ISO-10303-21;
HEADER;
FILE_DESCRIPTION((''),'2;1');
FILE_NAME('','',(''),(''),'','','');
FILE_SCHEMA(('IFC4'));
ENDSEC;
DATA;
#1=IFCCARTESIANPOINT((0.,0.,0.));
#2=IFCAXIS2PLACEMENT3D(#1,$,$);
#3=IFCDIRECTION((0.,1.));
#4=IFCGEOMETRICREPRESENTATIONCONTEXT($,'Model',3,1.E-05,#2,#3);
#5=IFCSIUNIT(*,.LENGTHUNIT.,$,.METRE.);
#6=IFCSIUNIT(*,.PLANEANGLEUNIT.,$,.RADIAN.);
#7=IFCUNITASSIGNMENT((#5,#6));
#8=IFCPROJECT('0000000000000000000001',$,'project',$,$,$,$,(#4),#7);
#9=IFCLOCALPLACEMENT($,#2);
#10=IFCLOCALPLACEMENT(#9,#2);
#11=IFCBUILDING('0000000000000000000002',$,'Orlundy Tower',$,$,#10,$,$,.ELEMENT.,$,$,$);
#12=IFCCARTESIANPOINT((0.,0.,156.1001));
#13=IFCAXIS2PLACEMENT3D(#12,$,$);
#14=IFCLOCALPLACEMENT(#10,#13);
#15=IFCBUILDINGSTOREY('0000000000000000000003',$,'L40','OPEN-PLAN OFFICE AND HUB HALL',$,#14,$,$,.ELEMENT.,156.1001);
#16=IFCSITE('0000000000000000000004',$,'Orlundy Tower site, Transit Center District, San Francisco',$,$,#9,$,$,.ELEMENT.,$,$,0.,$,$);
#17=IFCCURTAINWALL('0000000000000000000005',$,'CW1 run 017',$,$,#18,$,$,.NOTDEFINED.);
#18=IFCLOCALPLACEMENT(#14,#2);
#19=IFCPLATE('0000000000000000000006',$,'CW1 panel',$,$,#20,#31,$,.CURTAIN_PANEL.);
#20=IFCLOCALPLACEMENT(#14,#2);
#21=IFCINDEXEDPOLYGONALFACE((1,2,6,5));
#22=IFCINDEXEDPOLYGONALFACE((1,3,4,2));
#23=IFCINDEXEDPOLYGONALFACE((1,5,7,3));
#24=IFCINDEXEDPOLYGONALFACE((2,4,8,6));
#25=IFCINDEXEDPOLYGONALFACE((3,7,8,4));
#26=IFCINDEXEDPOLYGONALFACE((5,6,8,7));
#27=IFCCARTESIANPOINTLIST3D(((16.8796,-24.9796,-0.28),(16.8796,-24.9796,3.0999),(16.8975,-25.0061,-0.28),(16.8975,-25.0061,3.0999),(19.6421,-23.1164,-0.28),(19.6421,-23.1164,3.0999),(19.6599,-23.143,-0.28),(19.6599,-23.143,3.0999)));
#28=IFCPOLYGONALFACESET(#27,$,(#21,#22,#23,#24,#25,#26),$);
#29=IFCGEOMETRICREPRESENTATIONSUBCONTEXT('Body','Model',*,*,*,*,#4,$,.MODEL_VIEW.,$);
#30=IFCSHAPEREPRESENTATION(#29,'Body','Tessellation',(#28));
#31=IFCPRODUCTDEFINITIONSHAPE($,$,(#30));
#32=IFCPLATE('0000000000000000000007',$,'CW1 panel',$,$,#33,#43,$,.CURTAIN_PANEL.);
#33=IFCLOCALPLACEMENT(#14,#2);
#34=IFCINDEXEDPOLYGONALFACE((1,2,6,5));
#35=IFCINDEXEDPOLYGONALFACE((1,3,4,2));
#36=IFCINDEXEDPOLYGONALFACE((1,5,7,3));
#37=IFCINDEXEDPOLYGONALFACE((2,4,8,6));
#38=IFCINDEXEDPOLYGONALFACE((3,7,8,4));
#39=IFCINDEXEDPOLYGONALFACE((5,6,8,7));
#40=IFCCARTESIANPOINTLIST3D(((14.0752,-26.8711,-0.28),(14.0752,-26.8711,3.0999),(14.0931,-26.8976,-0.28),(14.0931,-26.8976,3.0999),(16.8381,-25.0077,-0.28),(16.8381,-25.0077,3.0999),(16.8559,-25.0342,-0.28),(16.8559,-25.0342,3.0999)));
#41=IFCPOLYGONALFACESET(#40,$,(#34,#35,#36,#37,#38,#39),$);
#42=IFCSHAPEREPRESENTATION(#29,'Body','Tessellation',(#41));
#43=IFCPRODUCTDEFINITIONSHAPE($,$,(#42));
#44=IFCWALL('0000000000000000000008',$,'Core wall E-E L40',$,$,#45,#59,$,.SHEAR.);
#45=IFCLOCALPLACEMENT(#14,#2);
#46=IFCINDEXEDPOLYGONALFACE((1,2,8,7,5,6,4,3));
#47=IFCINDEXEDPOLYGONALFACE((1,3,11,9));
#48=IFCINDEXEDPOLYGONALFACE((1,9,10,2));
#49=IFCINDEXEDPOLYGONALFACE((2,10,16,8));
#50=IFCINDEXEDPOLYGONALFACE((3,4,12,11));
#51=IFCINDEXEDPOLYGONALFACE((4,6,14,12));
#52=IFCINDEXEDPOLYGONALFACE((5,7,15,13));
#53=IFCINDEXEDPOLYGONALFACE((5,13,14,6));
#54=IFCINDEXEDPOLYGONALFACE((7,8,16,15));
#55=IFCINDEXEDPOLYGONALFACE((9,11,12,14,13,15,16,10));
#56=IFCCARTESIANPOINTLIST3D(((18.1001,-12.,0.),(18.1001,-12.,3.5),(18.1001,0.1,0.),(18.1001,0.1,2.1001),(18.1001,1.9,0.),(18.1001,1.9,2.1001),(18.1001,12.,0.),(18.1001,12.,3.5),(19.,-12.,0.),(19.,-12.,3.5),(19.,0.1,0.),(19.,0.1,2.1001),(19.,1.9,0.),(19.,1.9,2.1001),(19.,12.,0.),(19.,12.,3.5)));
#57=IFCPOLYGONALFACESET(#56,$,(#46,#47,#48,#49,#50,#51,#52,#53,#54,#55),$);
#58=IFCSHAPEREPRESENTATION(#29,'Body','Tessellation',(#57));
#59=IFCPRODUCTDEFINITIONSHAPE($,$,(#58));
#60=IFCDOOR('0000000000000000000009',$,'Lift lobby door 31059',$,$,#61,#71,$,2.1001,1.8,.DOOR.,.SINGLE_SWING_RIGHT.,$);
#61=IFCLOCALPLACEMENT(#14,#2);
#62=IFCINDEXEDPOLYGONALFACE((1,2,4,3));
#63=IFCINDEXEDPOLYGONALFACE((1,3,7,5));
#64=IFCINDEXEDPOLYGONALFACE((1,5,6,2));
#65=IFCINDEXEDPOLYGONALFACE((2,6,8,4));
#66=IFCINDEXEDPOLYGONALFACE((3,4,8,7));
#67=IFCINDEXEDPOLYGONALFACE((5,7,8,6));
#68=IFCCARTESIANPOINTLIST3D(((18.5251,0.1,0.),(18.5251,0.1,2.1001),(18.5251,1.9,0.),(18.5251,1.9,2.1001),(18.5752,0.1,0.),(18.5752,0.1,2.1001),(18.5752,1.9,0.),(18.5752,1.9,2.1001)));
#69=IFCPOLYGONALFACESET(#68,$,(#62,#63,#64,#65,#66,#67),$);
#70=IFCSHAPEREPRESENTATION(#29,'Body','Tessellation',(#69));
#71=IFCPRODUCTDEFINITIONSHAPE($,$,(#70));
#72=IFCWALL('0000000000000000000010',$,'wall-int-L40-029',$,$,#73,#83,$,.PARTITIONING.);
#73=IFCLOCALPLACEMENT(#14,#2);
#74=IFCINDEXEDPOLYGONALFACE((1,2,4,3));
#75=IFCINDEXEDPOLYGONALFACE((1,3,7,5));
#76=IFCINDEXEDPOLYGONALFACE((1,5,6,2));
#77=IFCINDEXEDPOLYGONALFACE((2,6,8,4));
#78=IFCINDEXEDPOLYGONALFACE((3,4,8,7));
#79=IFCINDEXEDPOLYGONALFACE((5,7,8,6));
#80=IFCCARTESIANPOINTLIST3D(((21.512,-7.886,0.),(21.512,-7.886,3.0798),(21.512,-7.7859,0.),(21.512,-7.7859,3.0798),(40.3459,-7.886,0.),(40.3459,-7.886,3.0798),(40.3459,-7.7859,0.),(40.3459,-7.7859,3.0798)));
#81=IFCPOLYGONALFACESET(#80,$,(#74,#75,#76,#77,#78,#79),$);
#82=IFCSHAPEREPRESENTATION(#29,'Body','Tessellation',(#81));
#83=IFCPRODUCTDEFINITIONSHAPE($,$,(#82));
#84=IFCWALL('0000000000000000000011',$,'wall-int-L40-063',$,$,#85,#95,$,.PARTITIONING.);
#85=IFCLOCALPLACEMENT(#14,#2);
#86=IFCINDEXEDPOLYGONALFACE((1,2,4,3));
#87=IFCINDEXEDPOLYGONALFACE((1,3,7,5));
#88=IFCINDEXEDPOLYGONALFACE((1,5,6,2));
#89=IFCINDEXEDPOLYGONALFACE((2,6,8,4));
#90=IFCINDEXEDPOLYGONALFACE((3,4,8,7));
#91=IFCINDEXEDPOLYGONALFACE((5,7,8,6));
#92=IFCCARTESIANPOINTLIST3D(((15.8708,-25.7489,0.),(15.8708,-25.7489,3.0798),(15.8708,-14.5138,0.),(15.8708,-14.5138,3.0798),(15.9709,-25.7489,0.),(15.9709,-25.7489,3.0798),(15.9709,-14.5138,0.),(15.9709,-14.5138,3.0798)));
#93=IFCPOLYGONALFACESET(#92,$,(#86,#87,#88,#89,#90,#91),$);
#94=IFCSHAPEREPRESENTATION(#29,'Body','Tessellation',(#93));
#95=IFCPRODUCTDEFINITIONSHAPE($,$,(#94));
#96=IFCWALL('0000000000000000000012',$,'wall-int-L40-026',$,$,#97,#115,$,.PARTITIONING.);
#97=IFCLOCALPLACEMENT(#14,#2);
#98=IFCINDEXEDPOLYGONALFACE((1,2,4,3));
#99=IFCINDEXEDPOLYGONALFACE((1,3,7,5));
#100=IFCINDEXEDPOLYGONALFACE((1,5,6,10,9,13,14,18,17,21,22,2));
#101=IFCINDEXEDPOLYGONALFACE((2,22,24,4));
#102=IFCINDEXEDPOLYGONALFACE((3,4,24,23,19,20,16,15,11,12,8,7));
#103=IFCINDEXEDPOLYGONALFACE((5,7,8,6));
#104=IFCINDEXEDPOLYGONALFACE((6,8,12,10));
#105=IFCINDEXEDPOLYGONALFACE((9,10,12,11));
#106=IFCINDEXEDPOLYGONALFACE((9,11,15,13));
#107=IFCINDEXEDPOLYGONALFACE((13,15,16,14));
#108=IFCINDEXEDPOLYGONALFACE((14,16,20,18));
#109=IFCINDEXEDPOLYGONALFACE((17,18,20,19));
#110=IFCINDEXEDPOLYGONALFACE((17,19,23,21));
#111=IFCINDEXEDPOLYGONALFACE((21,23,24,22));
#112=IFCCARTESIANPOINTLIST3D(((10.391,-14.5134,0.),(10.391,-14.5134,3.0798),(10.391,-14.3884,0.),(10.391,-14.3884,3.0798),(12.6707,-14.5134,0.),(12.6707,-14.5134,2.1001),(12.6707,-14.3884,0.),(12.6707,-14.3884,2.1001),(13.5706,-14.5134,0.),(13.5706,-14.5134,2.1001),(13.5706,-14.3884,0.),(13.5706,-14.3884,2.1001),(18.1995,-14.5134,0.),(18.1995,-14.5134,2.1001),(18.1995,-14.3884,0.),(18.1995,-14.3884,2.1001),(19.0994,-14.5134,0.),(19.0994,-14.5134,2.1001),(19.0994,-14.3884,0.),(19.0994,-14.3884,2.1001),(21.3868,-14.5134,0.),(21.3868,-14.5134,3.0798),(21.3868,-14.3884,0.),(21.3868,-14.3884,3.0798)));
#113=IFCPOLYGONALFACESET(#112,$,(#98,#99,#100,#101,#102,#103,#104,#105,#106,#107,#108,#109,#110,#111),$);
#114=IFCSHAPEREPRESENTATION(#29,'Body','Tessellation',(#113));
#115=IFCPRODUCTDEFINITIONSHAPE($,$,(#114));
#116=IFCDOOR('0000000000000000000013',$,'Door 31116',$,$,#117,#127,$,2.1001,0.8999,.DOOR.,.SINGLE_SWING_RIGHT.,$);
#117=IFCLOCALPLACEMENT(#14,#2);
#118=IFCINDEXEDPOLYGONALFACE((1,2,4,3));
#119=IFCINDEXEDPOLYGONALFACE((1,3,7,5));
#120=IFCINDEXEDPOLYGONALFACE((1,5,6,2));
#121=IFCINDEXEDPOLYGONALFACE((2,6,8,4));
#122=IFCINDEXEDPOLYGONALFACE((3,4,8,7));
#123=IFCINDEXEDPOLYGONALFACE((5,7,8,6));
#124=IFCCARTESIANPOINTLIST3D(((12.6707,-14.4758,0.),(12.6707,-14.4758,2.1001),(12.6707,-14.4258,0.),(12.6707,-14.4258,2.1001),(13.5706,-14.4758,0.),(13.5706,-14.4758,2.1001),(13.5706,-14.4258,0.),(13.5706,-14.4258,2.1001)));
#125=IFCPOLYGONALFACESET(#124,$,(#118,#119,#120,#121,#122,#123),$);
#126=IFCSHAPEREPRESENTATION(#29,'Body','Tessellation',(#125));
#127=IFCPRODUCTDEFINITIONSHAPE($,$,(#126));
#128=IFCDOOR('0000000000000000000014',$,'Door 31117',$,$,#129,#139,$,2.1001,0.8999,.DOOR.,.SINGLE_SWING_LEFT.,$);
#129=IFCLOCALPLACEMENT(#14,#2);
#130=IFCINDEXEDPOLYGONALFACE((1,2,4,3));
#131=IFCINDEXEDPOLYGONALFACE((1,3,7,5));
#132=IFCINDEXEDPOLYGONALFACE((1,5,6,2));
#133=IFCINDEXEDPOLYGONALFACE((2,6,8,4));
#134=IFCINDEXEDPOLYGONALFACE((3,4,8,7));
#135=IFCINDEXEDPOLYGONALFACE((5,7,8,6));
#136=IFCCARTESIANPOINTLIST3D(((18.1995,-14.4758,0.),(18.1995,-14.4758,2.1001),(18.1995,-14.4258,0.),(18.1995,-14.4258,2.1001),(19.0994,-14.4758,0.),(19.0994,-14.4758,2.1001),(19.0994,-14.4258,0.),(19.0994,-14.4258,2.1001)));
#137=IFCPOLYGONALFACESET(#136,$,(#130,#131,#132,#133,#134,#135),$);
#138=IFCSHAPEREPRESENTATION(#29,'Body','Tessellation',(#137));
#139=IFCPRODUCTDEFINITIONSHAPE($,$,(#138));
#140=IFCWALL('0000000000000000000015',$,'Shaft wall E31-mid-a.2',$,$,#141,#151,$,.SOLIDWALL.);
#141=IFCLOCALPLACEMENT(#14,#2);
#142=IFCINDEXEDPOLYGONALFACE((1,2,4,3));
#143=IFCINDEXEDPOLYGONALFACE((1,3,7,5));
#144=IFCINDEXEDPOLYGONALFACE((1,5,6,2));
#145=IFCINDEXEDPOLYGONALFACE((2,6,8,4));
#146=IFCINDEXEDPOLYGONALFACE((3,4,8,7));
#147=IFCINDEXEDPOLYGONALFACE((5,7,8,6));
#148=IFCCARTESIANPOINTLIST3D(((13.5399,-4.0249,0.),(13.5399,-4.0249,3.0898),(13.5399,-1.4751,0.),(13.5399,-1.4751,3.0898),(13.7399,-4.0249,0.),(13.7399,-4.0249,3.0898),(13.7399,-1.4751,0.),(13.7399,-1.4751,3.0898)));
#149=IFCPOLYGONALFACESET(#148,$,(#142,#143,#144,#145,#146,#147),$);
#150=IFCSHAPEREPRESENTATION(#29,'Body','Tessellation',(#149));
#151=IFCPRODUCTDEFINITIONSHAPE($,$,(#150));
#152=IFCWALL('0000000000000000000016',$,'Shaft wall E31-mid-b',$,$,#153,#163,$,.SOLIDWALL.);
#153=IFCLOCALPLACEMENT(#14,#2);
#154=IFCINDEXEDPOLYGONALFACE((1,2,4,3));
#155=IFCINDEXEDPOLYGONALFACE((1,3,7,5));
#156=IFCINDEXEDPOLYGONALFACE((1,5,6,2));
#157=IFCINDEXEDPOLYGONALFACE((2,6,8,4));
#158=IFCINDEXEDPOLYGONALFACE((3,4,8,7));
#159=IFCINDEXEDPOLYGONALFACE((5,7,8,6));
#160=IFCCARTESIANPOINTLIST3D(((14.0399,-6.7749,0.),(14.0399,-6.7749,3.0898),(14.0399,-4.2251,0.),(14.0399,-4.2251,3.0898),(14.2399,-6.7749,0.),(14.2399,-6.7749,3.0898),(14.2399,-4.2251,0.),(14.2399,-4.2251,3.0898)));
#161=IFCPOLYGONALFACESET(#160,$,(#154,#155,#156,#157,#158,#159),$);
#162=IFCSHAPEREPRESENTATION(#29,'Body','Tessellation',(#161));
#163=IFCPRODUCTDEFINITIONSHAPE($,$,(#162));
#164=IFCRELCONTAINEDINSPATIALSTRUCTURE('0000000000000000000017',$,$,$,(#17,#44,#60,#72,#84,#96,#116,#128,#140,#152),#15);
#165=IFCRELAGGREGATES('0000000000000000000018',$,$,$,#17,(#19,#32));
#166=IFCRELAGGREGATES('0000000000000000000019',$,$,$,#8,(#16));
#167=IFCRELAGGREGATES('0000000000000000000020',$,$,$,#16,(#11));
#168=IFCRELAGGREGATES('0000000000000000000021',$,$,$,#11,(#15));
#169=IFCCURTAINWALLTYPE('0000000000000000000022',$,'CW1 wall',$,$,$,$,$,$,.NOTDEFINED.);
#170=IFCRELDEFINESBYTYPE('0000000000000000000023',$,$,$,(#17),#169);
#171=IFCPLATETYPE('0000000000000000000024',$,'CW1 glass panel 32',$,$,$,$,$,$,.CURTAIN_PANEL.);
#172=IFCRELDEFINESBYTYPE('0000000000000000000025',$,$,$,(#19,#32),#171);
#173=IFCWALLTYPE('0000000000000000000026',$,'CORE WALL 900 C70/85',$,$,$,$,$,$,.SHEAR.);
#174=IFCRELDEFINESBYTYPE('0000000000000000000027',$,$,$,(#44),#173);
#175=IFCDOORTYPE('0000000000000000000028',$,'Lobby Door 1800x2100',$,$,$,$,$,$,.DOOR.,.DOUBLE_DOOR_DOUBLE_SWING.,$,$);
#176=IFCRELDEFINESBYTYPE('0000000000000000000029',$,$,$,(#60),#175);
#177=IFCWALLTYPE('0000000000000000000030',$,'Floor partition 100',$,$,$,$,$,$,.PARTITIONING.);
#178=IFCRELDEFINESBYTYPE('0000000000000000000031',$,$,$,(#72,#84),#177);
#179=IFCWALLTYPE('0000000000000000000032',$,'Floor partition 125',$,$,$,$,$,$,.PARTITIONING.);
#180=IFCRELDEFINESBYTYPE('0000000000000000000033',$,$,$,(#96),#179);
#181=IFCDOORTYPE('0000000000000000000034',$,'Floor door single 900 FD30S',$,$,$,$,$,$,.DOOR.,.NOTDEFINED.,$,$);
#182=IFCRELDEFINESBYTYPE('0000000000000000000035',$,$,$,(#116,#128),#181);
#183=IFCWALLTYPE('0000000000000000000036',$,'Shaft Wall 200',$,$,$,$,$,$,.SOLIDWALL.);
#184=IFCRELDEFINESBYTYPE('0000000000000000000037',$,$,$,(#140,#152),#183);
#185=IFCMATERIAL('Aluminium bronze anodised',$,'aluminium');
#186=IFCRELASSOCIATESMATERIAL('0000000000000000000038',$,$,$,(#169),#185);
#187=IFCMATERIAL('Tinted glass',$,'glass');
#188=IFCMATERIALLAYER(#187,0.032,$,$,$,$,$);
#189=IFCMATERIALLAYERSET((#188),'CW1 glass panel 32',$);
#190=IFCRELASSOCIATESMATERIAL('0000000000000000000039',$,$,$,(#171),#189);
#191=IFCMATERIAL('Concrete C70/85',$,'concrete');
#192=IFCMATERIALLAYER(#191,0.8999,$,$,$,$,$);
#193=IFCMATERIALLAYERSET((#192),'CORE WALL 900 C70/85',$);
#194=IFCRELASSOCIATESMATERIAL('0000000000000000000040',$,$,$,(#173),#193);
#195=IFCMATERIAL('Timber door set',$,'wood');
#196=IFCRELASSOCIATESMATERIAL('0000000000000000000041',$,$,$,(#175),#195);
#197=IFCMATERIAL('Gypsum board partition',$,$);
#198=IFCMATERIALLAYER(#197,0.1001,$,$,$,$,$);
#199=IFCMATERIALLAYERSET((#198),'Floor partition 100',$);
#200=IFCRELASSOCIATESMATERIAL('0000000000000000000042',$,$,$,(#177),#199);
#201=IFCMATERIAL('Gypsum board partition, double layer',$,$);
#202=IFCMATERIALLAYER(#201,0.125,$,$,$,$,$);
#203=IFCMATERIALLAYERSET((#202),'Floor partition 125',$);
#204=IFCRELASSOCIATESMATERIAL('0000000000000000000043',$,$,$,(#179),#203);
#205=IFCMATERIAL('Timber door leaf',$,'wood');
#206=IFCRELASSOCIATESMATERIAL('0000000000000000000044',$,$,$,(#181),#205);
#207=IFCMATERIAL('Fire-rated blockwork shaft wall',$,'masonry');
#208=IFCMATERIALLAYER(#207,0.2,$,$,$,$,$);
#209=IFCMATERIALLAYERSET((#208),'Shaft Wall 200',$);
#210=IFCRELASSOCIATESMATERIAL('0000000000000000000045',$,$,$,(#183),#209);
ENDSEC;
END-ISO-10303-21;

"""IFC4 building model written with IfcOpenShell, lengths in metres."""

from ifc_helpers import new_model, si_unit, direction, frame, frame_2d, origin, origin_2d, place, context, subcontext, project, spatial, rectangle, extrude, material, layer, layer_set, type_object, element, fill, aggregate, save


model = new_model("IFC4")

# Units and contexts
model_context = context("Model", 3, precision=1e-05, world=origin(), true_north=direction((0.0, 1.0)))
body_context = subcontext(model_context, "Body", "Model", "MODEL_VIEW")
ifc_project = project(units=[si_unit("LENGTHUNIT", "METRE"), si_unit("PLANEANGLEUNIT", "RADIAN")], contexts=[model_context])

# Site, building, storey
site_placement = place(None, origin())
site = spatial("IfcSite", under=ifc_project, at=site_placement, Name="Orlundy Tower site, Transit Center District, San Francisco", CompositionType="ELEMENT", RefElevation=0.0)
building_placement = place(site_placement, origin())
building = spatial("IfcBuilding", under=site, at=building_placement, Name="Orlundy Tower", CompositionType="ELEMENT")
storey_placement = place(building_placement, frame((0.0, 0.0, 156.1001)))
storey = spatial("IfcBuildingStorey", under=building, at=storey_placement, Name="L40", Description="OPEN-PLAN OFFICE AND HUB HALL", CompositionType="ELEMENT", Elevation=156.1001)

# Curtain wall
ifc_material_1 = material(Name="Aluminium bronze anodised", Category="aluminium")
curtain_wall_type = type_object("IfcCurtainWallType", Name="CW1 wall", PredefinedType="NOTDEFINED", material=ifc_material_1)
curtain_wall_1_placement = place(storey_placement, origin())
curtain_wall_1 = element("IfcCurtainWall", 1, at=curtain_wall_1_placement, inside=storey, type_object=curtain_wall_type, Name="CW1 run 017", PredefinedType="NOTDEFINED")

# Plates
ifc_material_2 = material(Name="Tinted glass", Category="glass")
ifc_layer_1 = layer(ifc_material_2, 0.032)
ifc_layer_set_1 = layer_set([ifc_layer_1], Name="CW1 glass panel 32")
plate_type = type_object("IfcPlateType", Name="CW1 glass panel 32", PredefinedType="CURTAIN_PANEL", material=ifc_layer_set_1)
plate_1_placement = place(storey_placement, frame((18.2698, -24.0613, -0.28), z_axis=(0.0, 0.0, 1.0), x_axis=(-0.829057, -0.559165, 0.0)))
plate_1 = element("IfcPlate", 2, at=plate_1_placement, type_object=plate_type, Name="CW1 panel", PredefinedType="CURTAIN_PANEL", context=body_context, shape_type="SweptSolid", body=[
    extrude(rectangle(XDim=3.332, YDim=0.032, at=origin_2d()), origin(), (0.0, 0.0, 1.0), 3.3799),
])
plate_2_placement = place(storey_placement, frame((15.4656, -25.9526, -0.28), z_axis=(0.0, 0.0, 1.0), x_axis=(-0.829057, -0.559165, 0.0)))
plate_2 = element("IfcPlate", 3, at=plate_2_placement, type_object=plate_type, Name="CW1 panel", PredefinedType="CURTAIN_PANEL", context=body_context, shape_type="SweptSolid", body=[
    extrude(rectangle(XDim=3.3325, YDim=0.032, at=origin_2d()), origin(), (0.0, 0.0, 1.0), 3.3799),
])
aggregate(curtain_wall_1, [plate_1, plate_2])

# Wall, opening, door
ifc_material_3 = material(Name="Concrete C70/85", Category="concrete")
ifc_layer_2 = layer(ifc_material_3, 0.8999)
ifc_layer_set_2 = layer_set([ifc_layer_2], Name="CORE WALL 900 C70/85")
wall_type_1 = type_object("IfcWallType", Name="CORE WALL 900 C70/85", PredefinedType="SHEAR", material=ifc_layer_set_2)
wall_1_placement = place(storey_placement, frame((18.55, -12.0, 0.0), z_axis=(0.0, 0.0, 1.0), x_axis=(0.0, 1.0, 0.0)))
wall_1 = element("IfcWall", 4, at=wall_1_placement, inside=storey, type_object=wall_type_1, Name="Core wall E-E L40", PredefinedType="SHEAR", context=body_context, shape_type="SweptSolid", body=[
    extrude(rectangle(XDim=24.0, YDim=0.8999, at=frame_2d((12.0, 0.0))), origin(), (0.0, 0.0, 1.0), 3.5),
])
opening_1_placement = place(wall_1_placement, frame((12.1001, 0.0, 0.0)))
opening_1 = element("IfcOpeningElement", 5, at=opening_1_placement, cuts=wall_1, PredefinedType="OPENING", context=body_context, shape_type="SweptSolid", body=[
    extrude(rectangle(XDim=1.8, YDim=2.1001, at=frame_2d((0.8999, 1.05))), frame((0.0, 0.46, 0.0), z_axis=(0.0, -1.0, 0.0), x_axis=(1.0, 0.0, 0.0)), (0.0, 0.0, 1.0), 0.9199),
])
ifc_material_4 = material(Name="Timber door set", Category="wood")
door_type_1 = type_object("IfcDoorType", Name="Lobby Door 1800x2100", OperationType="DOUBLE_DOOR_DOUBLE_SWING", PredefinedType="DOOR", material=ifc_material_4)
door_1_placement = place(opening_1_placement, origin())
door_1 = element("IfcDoor", 6, at=door_1_placement, inside=storey, type_object=door_type_1, Name="Lift lobby door 31059", OperationType="SINGLE_SWING_RIGHT", OverallHeight=2.1001, OverallWidth=1.8, PredefinedType="DOOR", context=body_context, shape_type="SweptSolid", body=[
    extrude(rectangle(XDim=1.8, YDim=2.1001, at=frame_2d((0.8999, 1.05))), frame((0.0, 0.0249, 0.0), z_axis=(0.0, -1.0, 0.0), x_axis=(1.0, 0.0, 0.0)), (0.0, 0.0, 1.0), 0.05),
])
fill(opening_1, door_1)

# Walls
ifc_material_5 = material(Name="Gypsum board partition")
ifc_layer_3 = layer(ifc_material_5, 0.1001)
ifc_layer_set_3 = layer_set([ifc_layer_3], Name="Floor partition 100")
wall_type_2 = type_object("IfcWallType", Name="Floor partition 100", PredefinedType="PARTITIONING", material=ifc_layer_set_3)
wall_2_placement = place(storey_placement, frame((21.512, -7.8359, 0.0), z_axis=(0.0, 0.0, 1.0), x_axis=(1.0, 0.0, 0.0)))
element("IfcWall", 7, at=wall_2_placement, inside=storey, type_object=wall_type_2, Name="wall-int-L40-029", PredefinedType="PARTITIONING", context=body_context, shape_type="SweptSolid", body=[
    extrude(rectangle(XDim=18.834, YDim=0.1001, at=frame_2d((9.417, 0.0))), origin(), (0.0, 0.0, 1.0), 3.0798),
])
wall_3_placement = place(storey_placement, frame((15.9209, -25.749, 0.0), z_axis=(0.0, 0.0, 1.0), x_axis=(0.0, 1.0, 0.0)))
element("IfcWall", 8, at=wall_3_placement, inside=storey, type_object=wall_type_2, Name="wall-int-L40-063", PredefinedType="PARTITIONING", context=body_context, shape_type="SweptSolid", body=[
    extrude(rectangle(XDim=11.2351, YDim=0.1001, at=frame_2d((5.6177, 0.0))), origin(), (0.0, 0.0, 1.0), 3.0798),
])

# Wall, openings, doors
ifc_material_6 = material(Name="Gypsum board partition, double layer")
ifc_layer_4 = layer(ifc_material_6, 0.125)
ifc_layer_set_4 = layer_set([ifc_layer_4], Name="Floor partition 125")
wall_type_3 = type_object("IfcWallType", Name="Floor partition 125", PredefinedType="PARTITIONING", material=ifc_layer_set_4)
wall_4_placement = place(storey_placement, frame((21.387, -14.4509, 0.0), z_axis=(0.0, 0.0, 1.0), x_axis=(-1.0, 0.0, 0.0)))
wall_4 = element("IfcWall", 9, at=wall_4_placement, inside=storey, type_object=wall_type_3, Name="wall-int-L40-026", PredefinedType="PARTITIONING", context=body_context, shape_type="SweptSolid", body=[
    extrude(rectangle(XDim=10.9958, YDim=0.125, at=frame_2d((5.498, 0.0))), origin(), (0.0, 0.0, 1.0), 3.0798),
])
opening_2_placement = place(wall_4_placement, frame((7.8164, 0.0, 0.0)))
opening_2 = element("IfcOpeningElement", 10, at=opening_2_placement, cuts=wall_4, PredefinedType="OPENING", context=body_context, shape_type="SweptSolid", body=[
    extrude(rectangle(XDim=0.8999, YDim=2.1001, at=frame_2d((0.45, 1.05))), frame((0.0, 0.0725, 0.0), z_axis=(0.0, -1.0, 0.0), x_axis=(1.0, 0.0, 0.0)), (0.0, 0.0, 1.0), 0.145),
])
opening_3_placement = place(wall_4_placement, frame((2.2876, 0.0, 0.0)))
opening_3 = element("IfcOpeningElement", 11, at=opening_3_placement, cuts=wall_4, PredefinedType="OPENING", context=body_context, shape_type="SweptSolid", body=[
    extrude(rectangle(XDim=0.8999, YDim=2.1001, at=frame_2d((0.45, 1.05))), frame((0.0, 0.0725, 0.0), z_axis=(0.0, -1.0, 0.0), x_axis=(1.0, 0.0, 0.0)), (0.0, 0.0, 1.0), 0.145),
])
ifc_material_7 = material(Name="Timber door leaf", Category="wood")
door_type_2 = type_object("IfcDoorType", Name="Floor door single 900 FD30S", OperationType="NOTDEFINED", PredefinedType="DOOR", material=ifc_material_7)
door_2_placement = place(opening_2_placement, origin())
door_2 = element("IfcDoor", 12, at=door_2_placement, inside=storey, type_object=door_type_2, Name="Door 31116", OperationType="SINGLE_SWING_RIGHT", OverallHeight=2.1001, OverallWidth=0.8999, PredefinedType="DOOR", context=body_context, shape_type="SweptSolid", body=[
    extrude(rectangle(XDim=0.8999, YDim=2.1001, at=frame_2d((0.45, 1.05))), frame((0.0, 0.0249, 0.0), z_axis=(0.0, -1.0, 0.0), x_axis=(1.0, 0.0, 0.0)), (0.0, 0.0, 1.0), 0.05),
])
fill(opening_2, door_2)
door_3_placement = place(opening_3_placement, origin())
door_3 = element("IfcDoor", 13, at=door_3_placement, inside=storey, type_object=door_type_2, Name="Door 31117", OperationType="SINGLE_SWING_LEFT", OverallHeight=2.1001, OverallWidth=0.8999, PredefinedType="DOOR", context=body_context, shape_type="SweptSolid", body=[
    extrude(rectangle(XDim=0.8999, YDim=2.1001, at=frame_2d((0.45, 1.05))), frame((0.0, 0.0249, 0.0), z_axis=(0.0, -1.0, 0.0), x_axis=(1.0, 0.0, 0.0)), (0.0, 0.0, 1.0), 0.05),
])
fill(opening_3, door_3)

# Walls
ifc_material_8 = material(Name="Fire-rated blockwork shaft wall", Category="masonry")
ifc_layer_5 = layer(ifc_material_8, 0.2)
ifc_layer_set_5 = layer_set([ifc_layer_5], Name="Shaft Wall 200")
wall_type_4 = type_object("IfcWallType", Name="Shaft Wall 200", PredefinedType="SOLIDWALL", material=ifc_layer_set_5)
for number, where, z_axis, x_axis, name in (
    (14, (13.6399, -1.4751, 0.0), (0.0, 0.0, 1.0), (0.0, -1.0, 0.0), "Shaft wall E31-mid-a.2"),
    (15, (14.1399, -4.2251, 0.0), (0.0, 0.0, 1.0), (0.0, -1.0, 0.0), "Shaft wall E31-mid-b"),
):
    element("IfcWall", number, at=place(storey_placement, frame(where, z_axis=z_axis, x_axis=x_axis)), inside=storey, type_object=wall_type_4, Name=name, PredefinedType="SOLIDWALL", context=body_context, shape_type="SweptSolid", body=[
        extrude(rectangle(XDim=2.5498, YDim=0.2, at=frame_2d((1.2749, 0.0))), origin(), (0.0, 0.0, 1.0), 3.0898),
    ])

save(model, "model.ifc")
